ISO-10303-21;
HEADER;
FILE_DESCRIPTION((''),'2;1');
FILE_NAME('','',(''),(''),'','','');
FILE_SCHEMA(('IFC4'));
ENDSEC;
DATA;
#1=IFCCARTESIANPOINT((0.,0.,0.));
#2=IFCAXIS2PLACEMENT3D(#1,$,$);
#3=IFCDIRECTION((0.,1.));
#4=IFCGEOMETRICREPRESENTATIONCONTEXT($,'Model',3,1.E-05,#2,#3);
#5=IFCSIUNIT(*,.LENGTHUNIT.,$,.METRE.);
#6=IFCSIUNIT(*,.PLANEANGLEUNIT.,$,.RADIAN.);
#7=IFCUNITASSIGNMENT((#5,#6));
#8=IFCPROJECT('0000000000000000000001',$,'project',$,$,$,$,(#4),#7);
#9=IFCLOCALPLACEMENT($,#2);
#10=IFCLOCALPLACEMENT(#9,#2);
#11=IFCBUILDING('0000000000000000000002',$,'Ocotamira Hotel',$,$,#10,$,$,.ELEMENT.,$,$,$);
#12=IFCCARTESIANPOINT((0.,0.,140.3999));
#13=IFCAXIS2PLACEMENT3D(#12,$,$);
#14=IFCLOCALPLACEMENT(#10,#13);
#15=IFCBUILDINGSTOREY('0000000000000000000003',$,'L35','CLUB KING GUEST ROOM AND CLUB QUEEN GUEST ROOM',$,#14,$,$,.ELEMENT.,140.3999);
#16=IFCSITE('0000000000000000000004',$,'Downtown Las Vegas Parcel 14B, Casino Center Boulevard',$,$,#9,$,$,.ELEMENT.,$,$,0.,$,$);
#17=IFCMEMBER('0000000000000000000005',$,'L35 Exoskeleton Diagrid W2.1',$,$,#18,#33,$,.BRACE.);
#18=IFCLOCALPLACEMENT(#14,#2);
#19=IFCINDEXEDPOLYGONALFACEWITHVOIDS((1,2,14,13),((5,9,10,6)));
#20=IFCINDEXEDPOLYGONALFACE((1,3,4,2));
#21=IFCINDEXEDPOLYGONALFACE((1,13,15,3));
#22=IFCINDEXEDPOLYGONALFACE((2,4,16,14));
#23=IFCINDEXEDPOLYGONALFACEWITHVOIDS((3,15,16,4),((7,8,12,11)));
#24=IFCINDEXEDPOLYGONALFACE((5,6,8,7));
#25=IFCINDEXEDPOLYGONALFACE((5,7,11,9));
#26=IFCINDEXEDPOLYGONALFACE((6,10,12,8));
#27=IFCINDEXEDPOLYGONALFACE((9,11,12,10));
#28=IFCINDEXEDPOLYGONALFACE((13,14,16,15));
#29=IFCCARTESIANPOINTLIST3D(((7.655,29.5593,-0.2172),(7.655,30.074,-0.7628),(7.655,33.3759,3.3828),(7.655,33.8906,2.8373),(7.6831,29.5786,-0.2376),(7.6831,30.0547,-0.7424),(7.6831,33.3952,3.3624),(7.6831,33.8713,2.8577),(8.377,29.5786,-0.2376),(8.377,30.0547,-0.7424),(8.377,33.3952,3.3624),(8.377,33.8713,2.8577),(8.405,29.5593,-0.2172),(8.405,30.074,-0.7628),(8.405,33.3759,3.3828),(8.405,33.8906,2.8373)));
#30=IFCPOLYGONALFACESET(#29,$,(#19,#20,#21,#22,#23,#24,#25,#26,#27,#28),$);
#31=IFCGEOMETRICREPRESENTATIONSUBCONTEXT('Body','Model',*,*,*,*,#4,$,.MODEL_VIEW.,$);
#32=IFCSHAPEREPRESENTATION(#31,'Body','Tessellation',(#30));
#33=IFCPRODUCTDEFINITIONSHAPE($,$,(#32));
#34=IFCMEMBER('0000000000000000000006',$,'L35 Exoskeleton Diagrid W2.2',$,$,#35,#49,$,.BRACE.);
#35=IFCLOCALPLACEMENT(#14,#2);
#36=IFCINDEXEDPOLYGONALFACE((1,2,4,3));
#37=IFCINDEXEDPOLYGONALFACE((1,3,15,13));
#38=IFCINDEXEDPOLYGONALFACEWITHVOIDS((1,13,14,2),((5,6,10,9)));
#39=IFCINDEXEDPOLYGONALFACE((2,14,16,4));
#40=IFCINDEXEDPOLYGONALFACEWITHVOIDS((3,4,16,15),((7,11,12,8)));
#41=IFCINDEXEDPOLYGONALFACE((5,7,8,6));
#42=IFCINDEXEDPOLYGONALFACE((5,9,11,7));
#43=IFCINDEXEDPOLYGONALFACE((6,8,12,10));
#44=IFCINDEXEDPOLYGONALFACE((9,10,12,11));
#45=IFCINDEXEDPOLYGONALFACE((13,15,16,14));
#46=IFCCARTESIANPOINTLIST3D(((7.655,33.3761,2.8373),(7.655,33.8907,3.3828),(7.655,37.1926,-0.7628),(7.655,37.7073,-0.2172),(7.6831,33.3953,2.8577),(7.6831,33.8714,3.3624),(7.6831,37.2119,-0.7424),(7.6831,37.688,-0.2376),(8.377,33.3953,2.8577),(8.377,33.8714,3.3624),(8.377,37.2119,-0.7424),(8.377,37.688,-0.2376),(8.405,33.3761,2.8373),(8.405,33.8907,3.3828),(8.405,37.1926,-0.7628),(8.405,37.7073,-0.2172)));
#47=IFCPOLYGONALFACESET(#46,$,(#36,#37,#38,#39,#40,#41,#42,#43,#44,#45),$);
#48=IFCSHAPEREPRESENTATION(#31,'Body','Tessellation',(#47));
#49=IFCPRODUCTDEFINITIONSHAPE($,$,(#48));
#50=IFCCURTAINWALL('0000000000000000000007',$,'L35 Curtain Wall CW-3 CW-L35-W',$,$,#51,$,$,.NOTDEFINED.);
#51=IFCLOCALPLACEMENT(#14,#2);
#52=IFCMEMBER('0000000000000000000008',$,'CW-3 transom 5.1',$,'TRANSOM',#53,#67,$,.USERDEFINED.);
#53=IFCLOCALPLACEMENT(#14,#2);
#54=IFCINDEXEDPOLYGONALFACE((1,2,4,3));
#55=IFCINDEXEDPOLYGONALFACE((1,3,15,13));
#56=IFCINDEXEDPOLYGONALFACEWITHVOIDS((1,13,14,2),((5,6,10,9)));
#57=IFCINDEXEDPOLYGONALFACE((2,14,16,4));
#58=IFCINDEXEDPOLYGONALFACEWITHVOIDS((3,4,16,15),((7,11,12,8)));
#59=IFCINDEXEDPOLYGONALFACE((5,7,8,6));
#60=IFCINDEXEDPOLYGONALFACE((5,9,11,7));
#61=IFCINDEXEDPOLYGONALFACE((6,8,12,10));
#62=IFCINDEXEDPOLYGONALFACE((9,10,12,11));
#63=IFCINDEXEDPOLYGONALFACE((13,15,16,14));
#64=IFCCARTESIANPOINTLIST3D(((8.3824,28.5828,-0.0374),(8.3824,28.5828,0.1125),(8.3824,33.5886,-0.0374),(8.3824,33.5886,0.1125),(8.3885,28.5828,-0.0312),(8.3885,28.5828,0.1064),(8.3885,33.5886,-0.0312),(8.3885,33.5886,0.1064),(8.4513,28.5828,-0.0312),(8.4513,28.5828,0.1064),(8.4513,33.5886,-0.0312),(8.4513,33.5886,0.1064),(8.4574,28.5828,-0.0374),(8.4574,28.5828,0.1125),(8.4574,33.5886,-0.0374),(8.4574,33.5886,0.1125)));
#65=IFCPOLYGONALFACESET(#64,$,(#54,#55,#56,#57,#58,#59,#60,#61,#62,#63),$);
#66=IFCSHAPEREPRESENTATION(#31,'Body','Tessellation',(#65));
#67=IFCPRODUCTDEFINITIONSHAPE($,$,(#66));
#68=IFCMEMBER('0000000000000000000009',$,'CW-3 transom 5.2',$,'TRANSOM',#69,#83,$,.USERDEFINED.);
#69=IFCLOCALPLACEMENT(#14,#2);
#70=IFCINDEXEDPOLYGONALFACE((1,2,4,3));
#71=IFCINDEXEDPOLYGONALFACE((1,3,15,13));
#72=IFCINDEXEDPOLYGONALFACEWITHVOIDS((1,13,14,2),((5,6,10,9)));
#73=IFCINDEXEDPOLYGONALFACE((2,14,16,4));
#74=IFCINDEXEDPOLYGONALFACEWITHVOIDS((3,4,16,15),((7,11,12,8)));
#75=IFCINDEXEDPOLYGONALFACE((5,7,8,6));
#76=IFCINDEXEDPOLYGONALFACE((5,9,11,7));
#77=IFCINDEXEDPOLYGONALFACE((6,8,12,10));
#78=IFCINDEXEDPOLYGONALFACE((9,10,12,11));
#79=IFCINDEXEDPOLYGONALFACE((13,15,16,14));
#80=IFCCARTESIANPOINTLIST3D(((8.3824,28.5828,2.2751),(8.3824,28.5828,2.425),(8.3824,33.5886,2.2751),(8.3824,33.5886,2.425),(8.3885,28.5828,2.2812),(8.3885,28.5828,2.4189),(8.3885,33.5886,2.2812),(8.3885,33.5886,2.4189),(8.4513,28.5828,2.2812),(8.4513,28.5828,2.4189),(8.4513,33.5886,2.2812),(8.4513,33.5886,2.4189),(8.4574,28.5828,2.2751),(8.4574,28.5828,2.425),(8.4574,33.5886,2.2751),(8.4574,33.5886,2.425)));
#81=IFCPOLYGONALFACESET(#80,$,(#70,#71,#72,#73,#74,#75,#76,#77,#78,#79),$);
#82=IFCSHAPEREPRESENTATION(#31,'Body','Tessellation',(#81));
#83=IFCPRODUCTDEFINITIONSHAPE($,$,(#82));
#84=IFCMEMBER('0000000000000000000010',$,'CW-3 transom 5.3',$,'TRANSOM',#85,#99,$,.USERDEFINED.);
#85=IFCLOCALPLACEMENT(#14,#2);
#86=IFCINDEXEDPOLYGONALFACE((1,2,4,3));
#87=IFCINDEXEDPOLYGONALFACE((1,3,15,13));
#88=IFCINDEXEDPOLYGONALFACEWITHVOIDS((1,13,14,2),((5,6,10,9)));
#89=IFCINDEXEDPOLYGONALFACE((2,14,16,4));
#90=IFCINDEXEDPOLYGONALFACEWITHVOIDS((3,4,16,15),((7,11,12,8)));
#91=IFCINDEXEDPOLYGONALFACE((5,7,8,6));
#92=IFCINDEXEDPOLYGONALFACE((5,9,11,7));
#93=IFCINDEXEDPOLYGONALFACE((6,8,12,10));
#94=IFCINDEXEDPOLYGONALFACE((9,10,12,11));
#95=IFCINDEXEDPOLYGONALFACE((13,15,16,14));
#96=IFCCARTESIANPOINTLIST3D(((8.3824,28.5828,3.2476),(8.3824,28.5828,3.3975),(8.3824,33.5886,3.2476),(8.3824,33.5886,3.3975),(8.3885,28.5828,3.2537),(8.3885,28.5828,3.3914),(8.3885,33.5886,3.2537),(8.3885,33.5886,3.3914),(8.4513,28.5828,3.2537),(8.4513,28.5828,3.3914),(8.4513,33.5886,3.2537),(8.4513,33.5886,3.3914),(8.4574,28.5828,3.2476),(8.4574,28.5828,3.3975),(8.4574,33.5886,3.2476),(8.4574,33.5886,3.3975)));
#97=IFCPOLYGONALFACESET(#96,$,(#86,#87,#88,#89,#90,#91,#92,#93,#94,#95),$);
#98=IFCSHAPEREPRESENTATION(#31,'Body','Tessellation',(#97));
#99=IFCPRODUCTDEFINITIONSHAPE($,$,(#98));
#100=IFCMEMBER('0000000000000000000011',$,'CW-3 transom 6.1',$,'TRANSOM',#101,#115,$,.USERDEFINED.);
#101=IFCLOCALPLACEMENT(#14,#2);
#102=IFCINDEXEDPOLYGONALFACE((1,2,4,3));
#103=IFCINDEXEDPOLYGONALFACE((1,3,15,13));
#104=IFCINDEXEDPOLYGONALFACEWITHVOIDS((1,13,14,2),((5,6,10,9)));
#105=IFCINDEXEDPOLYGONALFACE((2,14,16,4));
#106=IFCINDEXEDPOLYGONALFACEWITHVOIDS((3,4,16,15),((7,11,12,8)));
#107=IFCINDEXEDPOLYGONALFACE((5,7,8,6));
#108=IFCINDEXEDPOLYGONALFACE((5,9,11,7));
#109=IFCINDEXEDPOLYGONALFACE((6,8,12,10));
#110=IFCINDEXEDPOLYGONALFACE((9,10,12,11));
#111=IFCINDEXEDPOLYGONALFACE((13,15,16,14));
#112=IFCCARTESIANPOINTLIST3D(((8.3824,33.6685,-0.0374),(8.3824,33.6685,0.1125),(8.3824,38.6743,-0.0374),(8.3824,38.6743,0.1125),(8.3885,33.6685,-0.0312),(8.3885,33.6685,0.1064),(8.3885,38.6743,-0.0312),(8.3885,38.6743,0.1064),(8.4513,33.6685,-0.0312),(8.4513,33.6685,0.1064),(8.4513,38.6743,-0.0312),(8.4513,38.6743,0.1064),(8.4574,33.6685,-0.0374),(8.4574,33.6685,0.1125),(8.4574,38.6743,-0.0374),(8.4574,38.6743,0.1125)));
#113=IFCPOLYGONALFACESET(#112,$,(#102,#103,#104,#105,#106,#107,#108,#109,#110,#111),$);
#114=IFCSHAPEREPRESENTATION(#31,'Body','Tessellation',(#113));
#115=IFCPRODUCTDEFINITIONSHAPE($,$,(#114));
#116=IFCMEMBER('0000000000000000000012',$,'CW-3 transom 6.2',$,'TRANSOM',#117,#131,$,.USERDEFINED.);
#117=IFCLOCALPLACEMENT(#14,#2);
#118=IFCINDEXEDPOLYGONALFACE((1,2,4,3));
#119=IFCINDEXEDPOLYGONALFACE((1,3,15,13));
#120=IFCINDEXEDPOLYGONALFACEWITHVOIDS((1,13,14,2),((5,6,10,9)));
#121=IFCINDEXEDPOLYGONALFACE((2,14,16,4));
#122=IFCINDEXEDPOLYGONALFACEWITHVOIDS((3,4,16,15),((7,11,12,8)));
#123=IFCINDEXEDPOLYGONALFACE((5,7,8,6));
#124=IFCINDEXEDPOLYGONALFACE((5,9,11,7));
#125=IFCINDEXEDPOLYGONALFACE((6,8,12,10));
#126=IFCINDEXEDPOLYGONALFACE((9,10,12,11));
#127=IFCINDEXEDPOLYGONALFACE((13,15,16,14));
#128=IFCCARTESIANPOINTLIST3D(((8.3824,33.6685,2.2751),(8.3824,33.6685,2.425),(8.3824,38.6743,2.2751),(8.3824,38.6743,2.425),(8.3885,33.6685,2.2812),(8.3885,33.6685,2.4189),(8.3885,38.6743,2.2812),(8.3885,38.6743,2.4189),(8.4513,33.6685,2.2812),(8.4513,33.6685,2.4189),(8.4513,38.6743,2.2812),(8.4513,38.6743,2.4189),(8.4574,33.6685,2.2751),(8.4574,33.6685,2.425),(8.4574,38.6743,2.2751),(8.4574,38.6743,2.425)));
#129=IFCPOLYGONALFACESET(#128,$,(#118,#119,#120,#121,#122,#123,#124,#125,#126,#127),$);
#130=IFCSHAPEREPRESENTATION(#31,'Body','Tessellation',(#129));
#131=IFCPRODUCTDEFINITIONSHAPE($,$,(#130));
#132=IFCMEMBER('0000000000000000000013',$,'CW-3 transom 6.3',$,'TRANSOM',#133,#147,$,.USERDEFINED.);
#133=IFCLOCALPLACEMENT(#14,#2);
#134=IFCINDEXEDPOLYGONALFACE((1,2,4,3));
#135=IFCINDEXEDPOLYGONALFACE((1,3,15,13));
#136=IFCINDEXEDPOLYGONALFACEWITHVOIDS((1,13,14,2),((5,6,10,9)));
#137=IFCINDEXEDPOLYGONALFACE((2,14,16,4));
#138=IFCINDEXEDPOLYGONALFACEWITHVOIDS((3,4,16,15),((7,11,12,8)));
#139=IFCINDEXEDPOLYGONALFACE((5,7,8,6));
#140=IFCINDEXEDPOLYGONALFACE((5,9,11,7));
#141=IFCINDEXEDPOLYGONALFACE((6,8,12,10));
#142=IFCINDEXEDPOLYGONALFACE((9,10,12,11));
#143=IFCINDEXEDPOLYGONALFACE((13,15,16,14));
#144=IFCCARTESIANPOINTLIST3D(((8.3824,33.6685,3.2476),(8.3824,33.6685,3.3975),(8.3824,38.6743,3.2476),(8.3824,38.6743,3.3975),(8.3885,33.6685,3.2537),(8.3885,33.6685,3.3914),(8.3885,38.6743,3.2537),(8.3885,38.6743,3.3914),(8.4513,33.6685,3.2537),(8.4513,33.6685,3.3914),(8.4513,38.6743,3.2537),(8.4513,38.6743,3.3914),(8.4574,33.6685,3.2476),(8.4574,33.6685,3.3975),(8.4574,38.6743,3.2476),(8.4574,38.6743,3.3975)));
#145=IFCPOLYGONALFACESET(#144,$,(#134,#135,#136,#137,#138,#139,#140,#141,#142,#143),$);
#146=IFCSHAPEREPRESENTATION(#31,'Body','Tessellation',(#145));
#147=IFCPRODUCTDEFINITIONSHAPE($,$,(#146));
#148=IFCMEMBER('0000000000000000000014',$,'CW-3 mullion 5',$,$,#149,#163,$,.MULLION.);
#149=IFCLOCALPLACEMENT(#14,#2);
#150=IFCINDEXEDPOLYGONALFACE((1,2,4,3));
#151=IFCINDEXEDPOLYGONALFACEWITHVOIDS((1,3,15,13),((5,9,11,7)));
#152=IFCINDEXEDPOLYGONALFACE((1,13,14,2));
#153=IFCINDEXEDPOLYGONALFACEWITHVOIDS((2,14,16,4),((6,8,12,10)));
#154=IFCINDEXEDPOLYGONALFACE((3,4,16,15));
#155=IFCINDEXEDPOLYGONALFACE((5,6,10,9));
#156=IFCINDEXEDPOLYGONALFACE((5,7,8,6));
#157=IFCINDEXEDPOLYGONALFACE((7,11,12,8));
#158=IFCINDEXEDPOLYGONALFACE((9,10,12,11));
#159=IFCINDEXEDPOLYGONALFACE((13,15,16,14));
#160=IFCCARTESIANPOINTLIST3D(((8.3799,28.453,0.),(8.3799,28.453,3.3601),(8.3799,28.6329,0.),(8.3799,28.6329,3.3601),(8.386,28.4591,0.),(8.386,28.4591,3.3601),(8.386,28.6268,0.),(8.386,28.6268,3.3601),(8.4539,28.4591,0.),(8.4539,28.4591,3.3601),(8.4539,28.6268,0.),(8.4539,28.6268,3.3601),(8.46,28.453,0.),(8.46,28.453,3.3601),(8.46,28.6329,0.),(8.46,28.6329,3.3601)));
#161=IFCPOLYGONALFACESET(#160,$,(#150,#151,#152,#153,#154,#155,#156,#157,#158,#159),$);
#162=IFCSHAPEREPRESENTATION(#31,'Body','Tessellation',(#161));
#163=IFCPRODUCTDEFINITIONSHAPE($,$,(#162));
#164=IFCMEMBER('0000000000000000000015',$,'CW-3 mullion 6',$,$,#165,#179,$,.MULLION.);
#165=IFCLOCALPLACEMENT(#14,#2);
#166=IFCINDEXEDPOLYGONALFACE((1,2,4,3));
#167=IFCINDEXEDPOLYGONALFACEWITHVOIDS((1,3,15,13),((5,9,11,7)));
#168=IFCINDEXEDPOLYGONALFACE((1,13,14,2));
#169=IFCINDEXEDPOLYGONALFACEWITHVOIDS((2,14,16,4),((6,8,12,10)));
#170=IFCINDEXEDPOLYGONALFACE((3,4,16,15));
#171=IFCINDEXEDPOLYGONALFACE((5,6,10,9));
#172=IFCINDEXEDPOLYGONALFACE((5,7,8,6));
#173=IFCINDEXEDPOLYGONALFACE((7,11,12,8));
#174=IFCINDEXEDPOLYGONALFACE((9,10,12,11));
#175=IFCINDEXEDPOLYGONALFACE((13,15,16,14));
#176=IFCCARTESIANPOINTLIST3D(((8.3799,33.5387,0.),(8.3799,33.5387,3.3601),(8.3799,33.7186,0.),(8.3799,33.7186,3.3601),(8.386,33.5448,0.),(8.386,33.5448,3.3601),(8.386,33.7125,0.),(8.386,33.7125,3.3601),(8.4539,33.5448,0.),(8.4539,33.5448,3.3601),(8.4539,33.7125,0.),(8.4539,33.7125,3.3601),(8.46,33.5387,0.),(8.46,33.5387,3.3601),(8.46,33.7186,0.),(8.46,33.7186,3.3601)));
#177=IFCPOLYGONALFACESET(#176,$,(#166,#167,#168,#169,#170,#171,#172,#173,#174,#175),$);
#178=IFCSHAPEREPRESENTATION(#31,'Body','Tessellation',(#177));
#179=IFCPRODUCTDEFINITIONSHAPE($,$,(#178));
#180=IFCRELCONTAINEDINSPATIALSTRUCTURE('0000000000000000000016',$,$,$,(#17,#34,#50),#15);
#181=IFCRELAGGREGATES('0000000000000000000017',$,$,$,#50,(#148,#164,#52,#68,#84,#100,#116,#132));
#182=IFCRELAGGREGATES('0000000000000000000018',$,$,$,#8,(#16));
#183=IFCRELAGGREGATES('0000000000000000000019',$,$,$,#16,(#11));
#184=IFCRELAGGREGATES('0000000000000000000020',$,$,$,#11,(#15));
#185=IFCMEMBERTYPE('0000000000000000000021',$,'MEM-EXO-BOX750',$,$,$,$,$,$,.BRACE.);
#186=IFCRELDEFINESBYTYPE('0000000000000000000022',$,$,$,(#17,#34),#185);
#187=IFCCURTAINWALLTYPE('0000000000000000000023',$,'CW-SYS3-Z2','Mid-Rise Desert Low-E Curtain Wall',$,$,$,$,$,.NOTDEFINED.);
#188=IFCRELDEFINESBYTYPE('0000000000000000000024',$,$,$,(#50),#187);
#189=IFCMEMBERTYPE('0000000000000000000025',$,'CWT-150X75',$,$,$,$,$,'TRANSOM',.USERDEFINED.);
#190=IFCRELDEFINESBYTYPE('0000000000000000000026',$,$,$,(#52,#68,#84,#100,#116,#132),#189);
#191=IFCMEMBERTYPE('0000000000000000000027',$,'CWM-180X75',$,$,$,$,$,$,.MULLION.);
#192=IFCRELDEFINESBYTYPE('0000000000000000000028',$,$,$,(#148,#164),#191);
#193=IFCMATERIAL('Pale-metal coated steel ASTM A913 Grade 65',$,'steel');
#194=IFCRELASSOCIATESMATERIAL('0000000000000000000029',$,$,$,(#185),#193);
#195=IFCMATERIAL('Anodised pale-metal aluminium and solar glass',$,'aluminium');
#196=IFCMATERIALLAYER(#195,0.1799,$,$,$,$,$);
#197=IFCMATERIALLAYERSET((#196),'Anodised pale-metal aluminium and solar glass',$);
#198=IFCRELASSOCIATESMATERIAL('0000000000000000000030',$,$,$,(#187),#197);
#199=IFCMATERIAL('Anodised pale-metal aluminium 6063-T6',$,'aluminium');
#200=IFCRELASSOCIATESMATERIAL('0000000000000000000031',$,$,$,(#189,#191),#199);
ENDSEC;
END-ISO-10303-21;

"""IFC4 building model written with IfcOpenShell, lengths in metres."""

from ifc_helpers import new_model, si_unit, direction, frame, origin, origin_2d, place, context, subcontext, project, spatial, hollow_rectangle, extrude, source, transform, mapped, material, layer, layer_set, material_profile, profile_set, type_object, element, aggregate, save


model = new_model("IFC4")

# Units and contexts
model_context = context("Model", 3, precision=1e-05, world=origin(), true_north=direction((0.0, 1.0)))
body_context = subcontext(model_context, "Body", "Model", "MODEL_VIEW")
ifc_project = project(units=[si_unit("LENGTHUNIT", "METRE"), si_unit("PLANEANGLEUNIT", "RADIAN")], contexts=[model_context])

# Site, building, storey
site_placement = place(None, origin())
site = spatial("IfcSite", under=ifc_project, at=site_placement, Name="Downtown Las Vegas Parcel 14B, Casino Center Boulevard", CompositionType="ELEMENT", RefElevation=0.0)
building_placement = place(site_placement, origin())
building = spatial("IfcBuilding", under=site, at=building_placement, Name="Ocotamira Hotel", CompositionType="ELEMENT")
storey_placement = place(building_placement, frame((0.0, 0.0, 140.3999)))
storey = spatial("IfcBuildingStorey", under=building, at=storey_placement, Name="L35", Description="CLUB KING GUEST ROOM AND CLUB QUEEN GUEST ROOM", CompositionType="ELEMENT", Elevation=140.3999)

# Members
ifc_material_1 = material(Name="Pale-metal coated steel ASTM A913 Grade 65", Category="steel")
ifc_material_profile_1 = material_profile(ifc_material_1, hollow_rectangle(XDim=0.75, YDim=0.75, WallThickness=0.0281, at=origin_2d()), Name="BOX750X750X28")
ifc_profile_set_1 = profile_set([ifc_material_profile_1], Name="Pale-metal coated steel ASTM A913 Grade 65")
member_type_1 = type_object("IfcMemberType", Name="MEM-EXO-BOX750", PredefinedType="BRACE", material=ifc_profile_set_1)
shared_shape_1 = source(origin(), body_context, "Body", "SweptSolid", [
    extrude(hollow_rectangle(XDim=0.75, YDim=0.75, WallThickness=0.0281, at=origin_2d()), origin(), (0.0, 0.0, 1.0), 5.2466),
])
for number, where, z_axis, x_axis, name in (
    (1, (8.03, 29.8167, -0.49), (0.0, 0.727443, 0.686168), (-1.0, 0.0, 0.0), "L35 Exoskeleton Diagrid W2.1"),
    (2, (8.03, 37.45, -0.49), (0.0, -0.727443, 0.686168), (1.0, 0.0, 0.0), "L35 Exoskeleton Diagrid W2.2"),
):
    element("IfcMember", number, at=place(storey_placement, frame(where, z_axis=z_axis, x_axis=x_axis)), inside=storey, type_object=member_type_1, Name=name, PredefinedType="BRACE", context=body_context, shape_type="MappedRepresentation", body=[
        mapped(shared_shape_1, transform((0.0, 0.0, 0.0), scale=1.0)),
    ])

# Curtain wall, members
ifc_material_2 = material(Name="Anodised pale-metal aluminium and solar glass", Category="aluminium")
ifc_layer_1 = layer(ifc_material_2, 0.1799)
ifc_layer_set_1 = layer_set([ifc_layer_1], Name="Anodised pale-metal aluminium and solar glass")
curtain_wall_type = type_object("IfcCurtainWallType", Name="CW-SYS3-Z2", Description="Mid-Rise Desert Low-E Curtain Wall", PredefinedType="NOTDEFINED", material=ifc_layer_set_1)
curtain_wall_placement = place(storey_placement, origin())
curtain_wall = element("IfcCurtainWall", 3, at=curtain_wall_placement, inside=storey, type_object=curtain_wall_type, Name="L35 Curtain Wall CW-3 CW-L35-W", PredefinedType="NOTDEFINED")
ifc_material_3 = material(Name="Anodised pale-metal aluminium 6063-T6", Category="aluminium")
ifc_material_profile_2 = material_profile(ifc_material_3, hollow_rectangle(XDim=0.075, YDim=0.1499, WallThickness=0.0061, at=origin_2d()), Name="HSS150X75X6")
ifc_profile_set_2 = profile_set([ifc_material_profile_2], Name="Anodised pale-metal aluminium 6063-T6")
member_type_2 = type_object("IfcMemberType", Name="CWT-150X75", ElementType="TRANSOM", PredefinedType="USERDEFINED", material=ifc_profile_set_2)
shared_shape_2 = source(origin(), body_context, "Body", "SweptSolid", [
    extrude(hollow_rectangle(XDim=0.075, YDim=0.1499, WallThickness=0.0061, at=origin_2d()), origin(), (0.0, 0.0, 1.0), 5.0059),
])
member_1_placement = place(storey_placement, frame((8.4199, 28.5828, 0.0376), z_axis=(0.0, 1.0, 0.0), x_axis=(-1.0, 0.0, 0.0)))
member_1 = element("IfcMember", 4, at=member_1_placement, type_object=member_type_2, Name="CW-3 transom 5.1", ObjectType="TRANSOM", PredefinedType="USERDEFINED", context=body_context, shape_type="MappedRepresentation", body=[
    mapped(shared_shape_2, transform((0.0, 0.0, 0.0), scale=1.0)),
])
member_2_placement = place(storey_placement, frame((8.4199, 28.5828, 2.3501), z_axis=(0.0, 1.0, 0.0), x_axis=(-1.0, 0.0, 0.0)))
member_2 = element("IfcMember", 5, at=member_2_placement, type_object=member_type_2, Name="CW-3 transom 5.2", ObjectType="TRANSOM", PredefinedType="USERDEFINED", context=body_context, shape_type="MappedRepresentation", body=[
    mapped(shared_shape_2, transform((0.0, 0.0, 0.0), scale=1.0)),
])
member_3_placement = place(storey_placement, frame((8.4199, 28.5828, 3.3225), z_axis=(0.0, 1.0, 0.0), x_axis=(-1.0, 0.0, 0.0)))
member_3 = element("IfcMember", 6, at=member_3_placement, type_object=member_type_2, Name="CW-3 transom 5.3", ObjectType="TRANSOM", PredefinedType="USERDEFINED", context=body_context, shape_type="MappedRepresentation", body=[
    mapped(shared_shape_2, transform((0.0, 0.0, 0.0), scale=1.0)),
])
member_4_placement = place(storey_placement, frame((8.4199, 33.6685, 0.0376), z_axis=(0.0, 1.0, 0.0), x_axis=(-1.0, 0.0, 0.0)))
member_4 = element("IfcMember", 7, at=member_4_placement, type_object=member_type_2, Name="CW-3 transom 6.1", ObjectType="TRANSOM", PredefinedType="USERDEFINED", context=body_context, shape_type="MappedRepresentation", body=[
    mapped(shared_shape_2, transform((0.0, 0.0, 0.0), scale=1.0)),
])
member_5_placement = place(storey_placement, frame((8.4199, 33.6685, 2.3501), z_axis=(0.0, 1.0, 0.0), x_axis=(-1.0, 0.0, 0.0)))
member_5 = element("IfcMember", 8, at=member_5_placement, type_object=member_type_2, Name="CW-3 transom 6.2", ObjectType="TRANSOM", PredefinedType="USERDEFINED", context=body_context, shape_type="MappedRepresentation", body=[
    mapped(shared_shape_2, transform((0.0, 0.0, 0.0), scale=1.0)),
])
member_6_placement = place(storey_placement, frame((8.4199, 33.6685, 3.3225), z_axis=(0.0, 1.0, 0.0), x_axis=(-1.0, 0.0, 0.0)))
member_6 = element("IfcMember", 9, at=member_6_placement, type_object=member_type_2, Name="CW-3 transom 6.3", ObjectType="TRANSOM", PredefinedType="USERDEFINED", context=body_context, shape_type="MappedRepresentation", body=[
    mapped(shared_shape_2, transform((0.0, 0.0, 0.0), scale=1.0)),
])
ifc_material_profile_3 = material_profile(ifc_material_3, hollow_rectangle(XDim=0.0801, YDim=0.1799, WallThickness=0.0061, at=origin_2d()), Name="HSS180X80X6")
ifc_profile_set_3 = profile_set([ifc_material_profile_3], Name="Anodised pale-metal aluminium 6063-T6")
member_type_3 = type_object("IfcMemberType", Name="CWM-180X75", PredefinedType="MULLION", material=ifc_profile_set_3)
shared_shape_3 = source(origin(), body_context, "Body", "SweptSolid", [
    extrude(hollow_rectangle(XDim=0.0801, YDim=0.1799, WallThickness=0.0061, at=origin_2d()), origin(), (0.0, 0.0, 1.0), 3.3601),
])
member_7_placement = place(storey_placement, frame((8.4199, 28.543, 0.0), z_axis=(0.0, 0.0, 1.0), x_axis=(-1.0, 0.0, 0.0)))
member_7 = element("IfcMember", 10, at=member_7_placement, type_object=member_type_3, Name="CW-3 mullion 5", PredefinedType="MULLION", context=body_context, shape_type="MappedRepresentation", body=[
    mapped(shared_shape_3, transform((0.0, 0.0, 0.0), scale=1.0)),
])
member_8_placement = place(storey_placement, frame((8.4199, 33.6287, 0.0), z_axis=(0.0, 0.0, 1.0), x_axis=(-1.0, 0.0, 0.0)))
member_8 = element("IfcMember", 11, at=member_8_placement, type_object=member_type_3, Name="CW-3 mullion 6", PredefinedType="MULLION", context=body_context, shape_type="MappedRepresentation", body=[
    mapped(shared_shape_3, transform((0.0, 0.0, 0.0), scale=1.0)),
])

aggregate(curtain_wall, [member_7, member_8, member_1, member_2, member_3, member_4, member_5, member_6])

save(model, "model.ifc")
